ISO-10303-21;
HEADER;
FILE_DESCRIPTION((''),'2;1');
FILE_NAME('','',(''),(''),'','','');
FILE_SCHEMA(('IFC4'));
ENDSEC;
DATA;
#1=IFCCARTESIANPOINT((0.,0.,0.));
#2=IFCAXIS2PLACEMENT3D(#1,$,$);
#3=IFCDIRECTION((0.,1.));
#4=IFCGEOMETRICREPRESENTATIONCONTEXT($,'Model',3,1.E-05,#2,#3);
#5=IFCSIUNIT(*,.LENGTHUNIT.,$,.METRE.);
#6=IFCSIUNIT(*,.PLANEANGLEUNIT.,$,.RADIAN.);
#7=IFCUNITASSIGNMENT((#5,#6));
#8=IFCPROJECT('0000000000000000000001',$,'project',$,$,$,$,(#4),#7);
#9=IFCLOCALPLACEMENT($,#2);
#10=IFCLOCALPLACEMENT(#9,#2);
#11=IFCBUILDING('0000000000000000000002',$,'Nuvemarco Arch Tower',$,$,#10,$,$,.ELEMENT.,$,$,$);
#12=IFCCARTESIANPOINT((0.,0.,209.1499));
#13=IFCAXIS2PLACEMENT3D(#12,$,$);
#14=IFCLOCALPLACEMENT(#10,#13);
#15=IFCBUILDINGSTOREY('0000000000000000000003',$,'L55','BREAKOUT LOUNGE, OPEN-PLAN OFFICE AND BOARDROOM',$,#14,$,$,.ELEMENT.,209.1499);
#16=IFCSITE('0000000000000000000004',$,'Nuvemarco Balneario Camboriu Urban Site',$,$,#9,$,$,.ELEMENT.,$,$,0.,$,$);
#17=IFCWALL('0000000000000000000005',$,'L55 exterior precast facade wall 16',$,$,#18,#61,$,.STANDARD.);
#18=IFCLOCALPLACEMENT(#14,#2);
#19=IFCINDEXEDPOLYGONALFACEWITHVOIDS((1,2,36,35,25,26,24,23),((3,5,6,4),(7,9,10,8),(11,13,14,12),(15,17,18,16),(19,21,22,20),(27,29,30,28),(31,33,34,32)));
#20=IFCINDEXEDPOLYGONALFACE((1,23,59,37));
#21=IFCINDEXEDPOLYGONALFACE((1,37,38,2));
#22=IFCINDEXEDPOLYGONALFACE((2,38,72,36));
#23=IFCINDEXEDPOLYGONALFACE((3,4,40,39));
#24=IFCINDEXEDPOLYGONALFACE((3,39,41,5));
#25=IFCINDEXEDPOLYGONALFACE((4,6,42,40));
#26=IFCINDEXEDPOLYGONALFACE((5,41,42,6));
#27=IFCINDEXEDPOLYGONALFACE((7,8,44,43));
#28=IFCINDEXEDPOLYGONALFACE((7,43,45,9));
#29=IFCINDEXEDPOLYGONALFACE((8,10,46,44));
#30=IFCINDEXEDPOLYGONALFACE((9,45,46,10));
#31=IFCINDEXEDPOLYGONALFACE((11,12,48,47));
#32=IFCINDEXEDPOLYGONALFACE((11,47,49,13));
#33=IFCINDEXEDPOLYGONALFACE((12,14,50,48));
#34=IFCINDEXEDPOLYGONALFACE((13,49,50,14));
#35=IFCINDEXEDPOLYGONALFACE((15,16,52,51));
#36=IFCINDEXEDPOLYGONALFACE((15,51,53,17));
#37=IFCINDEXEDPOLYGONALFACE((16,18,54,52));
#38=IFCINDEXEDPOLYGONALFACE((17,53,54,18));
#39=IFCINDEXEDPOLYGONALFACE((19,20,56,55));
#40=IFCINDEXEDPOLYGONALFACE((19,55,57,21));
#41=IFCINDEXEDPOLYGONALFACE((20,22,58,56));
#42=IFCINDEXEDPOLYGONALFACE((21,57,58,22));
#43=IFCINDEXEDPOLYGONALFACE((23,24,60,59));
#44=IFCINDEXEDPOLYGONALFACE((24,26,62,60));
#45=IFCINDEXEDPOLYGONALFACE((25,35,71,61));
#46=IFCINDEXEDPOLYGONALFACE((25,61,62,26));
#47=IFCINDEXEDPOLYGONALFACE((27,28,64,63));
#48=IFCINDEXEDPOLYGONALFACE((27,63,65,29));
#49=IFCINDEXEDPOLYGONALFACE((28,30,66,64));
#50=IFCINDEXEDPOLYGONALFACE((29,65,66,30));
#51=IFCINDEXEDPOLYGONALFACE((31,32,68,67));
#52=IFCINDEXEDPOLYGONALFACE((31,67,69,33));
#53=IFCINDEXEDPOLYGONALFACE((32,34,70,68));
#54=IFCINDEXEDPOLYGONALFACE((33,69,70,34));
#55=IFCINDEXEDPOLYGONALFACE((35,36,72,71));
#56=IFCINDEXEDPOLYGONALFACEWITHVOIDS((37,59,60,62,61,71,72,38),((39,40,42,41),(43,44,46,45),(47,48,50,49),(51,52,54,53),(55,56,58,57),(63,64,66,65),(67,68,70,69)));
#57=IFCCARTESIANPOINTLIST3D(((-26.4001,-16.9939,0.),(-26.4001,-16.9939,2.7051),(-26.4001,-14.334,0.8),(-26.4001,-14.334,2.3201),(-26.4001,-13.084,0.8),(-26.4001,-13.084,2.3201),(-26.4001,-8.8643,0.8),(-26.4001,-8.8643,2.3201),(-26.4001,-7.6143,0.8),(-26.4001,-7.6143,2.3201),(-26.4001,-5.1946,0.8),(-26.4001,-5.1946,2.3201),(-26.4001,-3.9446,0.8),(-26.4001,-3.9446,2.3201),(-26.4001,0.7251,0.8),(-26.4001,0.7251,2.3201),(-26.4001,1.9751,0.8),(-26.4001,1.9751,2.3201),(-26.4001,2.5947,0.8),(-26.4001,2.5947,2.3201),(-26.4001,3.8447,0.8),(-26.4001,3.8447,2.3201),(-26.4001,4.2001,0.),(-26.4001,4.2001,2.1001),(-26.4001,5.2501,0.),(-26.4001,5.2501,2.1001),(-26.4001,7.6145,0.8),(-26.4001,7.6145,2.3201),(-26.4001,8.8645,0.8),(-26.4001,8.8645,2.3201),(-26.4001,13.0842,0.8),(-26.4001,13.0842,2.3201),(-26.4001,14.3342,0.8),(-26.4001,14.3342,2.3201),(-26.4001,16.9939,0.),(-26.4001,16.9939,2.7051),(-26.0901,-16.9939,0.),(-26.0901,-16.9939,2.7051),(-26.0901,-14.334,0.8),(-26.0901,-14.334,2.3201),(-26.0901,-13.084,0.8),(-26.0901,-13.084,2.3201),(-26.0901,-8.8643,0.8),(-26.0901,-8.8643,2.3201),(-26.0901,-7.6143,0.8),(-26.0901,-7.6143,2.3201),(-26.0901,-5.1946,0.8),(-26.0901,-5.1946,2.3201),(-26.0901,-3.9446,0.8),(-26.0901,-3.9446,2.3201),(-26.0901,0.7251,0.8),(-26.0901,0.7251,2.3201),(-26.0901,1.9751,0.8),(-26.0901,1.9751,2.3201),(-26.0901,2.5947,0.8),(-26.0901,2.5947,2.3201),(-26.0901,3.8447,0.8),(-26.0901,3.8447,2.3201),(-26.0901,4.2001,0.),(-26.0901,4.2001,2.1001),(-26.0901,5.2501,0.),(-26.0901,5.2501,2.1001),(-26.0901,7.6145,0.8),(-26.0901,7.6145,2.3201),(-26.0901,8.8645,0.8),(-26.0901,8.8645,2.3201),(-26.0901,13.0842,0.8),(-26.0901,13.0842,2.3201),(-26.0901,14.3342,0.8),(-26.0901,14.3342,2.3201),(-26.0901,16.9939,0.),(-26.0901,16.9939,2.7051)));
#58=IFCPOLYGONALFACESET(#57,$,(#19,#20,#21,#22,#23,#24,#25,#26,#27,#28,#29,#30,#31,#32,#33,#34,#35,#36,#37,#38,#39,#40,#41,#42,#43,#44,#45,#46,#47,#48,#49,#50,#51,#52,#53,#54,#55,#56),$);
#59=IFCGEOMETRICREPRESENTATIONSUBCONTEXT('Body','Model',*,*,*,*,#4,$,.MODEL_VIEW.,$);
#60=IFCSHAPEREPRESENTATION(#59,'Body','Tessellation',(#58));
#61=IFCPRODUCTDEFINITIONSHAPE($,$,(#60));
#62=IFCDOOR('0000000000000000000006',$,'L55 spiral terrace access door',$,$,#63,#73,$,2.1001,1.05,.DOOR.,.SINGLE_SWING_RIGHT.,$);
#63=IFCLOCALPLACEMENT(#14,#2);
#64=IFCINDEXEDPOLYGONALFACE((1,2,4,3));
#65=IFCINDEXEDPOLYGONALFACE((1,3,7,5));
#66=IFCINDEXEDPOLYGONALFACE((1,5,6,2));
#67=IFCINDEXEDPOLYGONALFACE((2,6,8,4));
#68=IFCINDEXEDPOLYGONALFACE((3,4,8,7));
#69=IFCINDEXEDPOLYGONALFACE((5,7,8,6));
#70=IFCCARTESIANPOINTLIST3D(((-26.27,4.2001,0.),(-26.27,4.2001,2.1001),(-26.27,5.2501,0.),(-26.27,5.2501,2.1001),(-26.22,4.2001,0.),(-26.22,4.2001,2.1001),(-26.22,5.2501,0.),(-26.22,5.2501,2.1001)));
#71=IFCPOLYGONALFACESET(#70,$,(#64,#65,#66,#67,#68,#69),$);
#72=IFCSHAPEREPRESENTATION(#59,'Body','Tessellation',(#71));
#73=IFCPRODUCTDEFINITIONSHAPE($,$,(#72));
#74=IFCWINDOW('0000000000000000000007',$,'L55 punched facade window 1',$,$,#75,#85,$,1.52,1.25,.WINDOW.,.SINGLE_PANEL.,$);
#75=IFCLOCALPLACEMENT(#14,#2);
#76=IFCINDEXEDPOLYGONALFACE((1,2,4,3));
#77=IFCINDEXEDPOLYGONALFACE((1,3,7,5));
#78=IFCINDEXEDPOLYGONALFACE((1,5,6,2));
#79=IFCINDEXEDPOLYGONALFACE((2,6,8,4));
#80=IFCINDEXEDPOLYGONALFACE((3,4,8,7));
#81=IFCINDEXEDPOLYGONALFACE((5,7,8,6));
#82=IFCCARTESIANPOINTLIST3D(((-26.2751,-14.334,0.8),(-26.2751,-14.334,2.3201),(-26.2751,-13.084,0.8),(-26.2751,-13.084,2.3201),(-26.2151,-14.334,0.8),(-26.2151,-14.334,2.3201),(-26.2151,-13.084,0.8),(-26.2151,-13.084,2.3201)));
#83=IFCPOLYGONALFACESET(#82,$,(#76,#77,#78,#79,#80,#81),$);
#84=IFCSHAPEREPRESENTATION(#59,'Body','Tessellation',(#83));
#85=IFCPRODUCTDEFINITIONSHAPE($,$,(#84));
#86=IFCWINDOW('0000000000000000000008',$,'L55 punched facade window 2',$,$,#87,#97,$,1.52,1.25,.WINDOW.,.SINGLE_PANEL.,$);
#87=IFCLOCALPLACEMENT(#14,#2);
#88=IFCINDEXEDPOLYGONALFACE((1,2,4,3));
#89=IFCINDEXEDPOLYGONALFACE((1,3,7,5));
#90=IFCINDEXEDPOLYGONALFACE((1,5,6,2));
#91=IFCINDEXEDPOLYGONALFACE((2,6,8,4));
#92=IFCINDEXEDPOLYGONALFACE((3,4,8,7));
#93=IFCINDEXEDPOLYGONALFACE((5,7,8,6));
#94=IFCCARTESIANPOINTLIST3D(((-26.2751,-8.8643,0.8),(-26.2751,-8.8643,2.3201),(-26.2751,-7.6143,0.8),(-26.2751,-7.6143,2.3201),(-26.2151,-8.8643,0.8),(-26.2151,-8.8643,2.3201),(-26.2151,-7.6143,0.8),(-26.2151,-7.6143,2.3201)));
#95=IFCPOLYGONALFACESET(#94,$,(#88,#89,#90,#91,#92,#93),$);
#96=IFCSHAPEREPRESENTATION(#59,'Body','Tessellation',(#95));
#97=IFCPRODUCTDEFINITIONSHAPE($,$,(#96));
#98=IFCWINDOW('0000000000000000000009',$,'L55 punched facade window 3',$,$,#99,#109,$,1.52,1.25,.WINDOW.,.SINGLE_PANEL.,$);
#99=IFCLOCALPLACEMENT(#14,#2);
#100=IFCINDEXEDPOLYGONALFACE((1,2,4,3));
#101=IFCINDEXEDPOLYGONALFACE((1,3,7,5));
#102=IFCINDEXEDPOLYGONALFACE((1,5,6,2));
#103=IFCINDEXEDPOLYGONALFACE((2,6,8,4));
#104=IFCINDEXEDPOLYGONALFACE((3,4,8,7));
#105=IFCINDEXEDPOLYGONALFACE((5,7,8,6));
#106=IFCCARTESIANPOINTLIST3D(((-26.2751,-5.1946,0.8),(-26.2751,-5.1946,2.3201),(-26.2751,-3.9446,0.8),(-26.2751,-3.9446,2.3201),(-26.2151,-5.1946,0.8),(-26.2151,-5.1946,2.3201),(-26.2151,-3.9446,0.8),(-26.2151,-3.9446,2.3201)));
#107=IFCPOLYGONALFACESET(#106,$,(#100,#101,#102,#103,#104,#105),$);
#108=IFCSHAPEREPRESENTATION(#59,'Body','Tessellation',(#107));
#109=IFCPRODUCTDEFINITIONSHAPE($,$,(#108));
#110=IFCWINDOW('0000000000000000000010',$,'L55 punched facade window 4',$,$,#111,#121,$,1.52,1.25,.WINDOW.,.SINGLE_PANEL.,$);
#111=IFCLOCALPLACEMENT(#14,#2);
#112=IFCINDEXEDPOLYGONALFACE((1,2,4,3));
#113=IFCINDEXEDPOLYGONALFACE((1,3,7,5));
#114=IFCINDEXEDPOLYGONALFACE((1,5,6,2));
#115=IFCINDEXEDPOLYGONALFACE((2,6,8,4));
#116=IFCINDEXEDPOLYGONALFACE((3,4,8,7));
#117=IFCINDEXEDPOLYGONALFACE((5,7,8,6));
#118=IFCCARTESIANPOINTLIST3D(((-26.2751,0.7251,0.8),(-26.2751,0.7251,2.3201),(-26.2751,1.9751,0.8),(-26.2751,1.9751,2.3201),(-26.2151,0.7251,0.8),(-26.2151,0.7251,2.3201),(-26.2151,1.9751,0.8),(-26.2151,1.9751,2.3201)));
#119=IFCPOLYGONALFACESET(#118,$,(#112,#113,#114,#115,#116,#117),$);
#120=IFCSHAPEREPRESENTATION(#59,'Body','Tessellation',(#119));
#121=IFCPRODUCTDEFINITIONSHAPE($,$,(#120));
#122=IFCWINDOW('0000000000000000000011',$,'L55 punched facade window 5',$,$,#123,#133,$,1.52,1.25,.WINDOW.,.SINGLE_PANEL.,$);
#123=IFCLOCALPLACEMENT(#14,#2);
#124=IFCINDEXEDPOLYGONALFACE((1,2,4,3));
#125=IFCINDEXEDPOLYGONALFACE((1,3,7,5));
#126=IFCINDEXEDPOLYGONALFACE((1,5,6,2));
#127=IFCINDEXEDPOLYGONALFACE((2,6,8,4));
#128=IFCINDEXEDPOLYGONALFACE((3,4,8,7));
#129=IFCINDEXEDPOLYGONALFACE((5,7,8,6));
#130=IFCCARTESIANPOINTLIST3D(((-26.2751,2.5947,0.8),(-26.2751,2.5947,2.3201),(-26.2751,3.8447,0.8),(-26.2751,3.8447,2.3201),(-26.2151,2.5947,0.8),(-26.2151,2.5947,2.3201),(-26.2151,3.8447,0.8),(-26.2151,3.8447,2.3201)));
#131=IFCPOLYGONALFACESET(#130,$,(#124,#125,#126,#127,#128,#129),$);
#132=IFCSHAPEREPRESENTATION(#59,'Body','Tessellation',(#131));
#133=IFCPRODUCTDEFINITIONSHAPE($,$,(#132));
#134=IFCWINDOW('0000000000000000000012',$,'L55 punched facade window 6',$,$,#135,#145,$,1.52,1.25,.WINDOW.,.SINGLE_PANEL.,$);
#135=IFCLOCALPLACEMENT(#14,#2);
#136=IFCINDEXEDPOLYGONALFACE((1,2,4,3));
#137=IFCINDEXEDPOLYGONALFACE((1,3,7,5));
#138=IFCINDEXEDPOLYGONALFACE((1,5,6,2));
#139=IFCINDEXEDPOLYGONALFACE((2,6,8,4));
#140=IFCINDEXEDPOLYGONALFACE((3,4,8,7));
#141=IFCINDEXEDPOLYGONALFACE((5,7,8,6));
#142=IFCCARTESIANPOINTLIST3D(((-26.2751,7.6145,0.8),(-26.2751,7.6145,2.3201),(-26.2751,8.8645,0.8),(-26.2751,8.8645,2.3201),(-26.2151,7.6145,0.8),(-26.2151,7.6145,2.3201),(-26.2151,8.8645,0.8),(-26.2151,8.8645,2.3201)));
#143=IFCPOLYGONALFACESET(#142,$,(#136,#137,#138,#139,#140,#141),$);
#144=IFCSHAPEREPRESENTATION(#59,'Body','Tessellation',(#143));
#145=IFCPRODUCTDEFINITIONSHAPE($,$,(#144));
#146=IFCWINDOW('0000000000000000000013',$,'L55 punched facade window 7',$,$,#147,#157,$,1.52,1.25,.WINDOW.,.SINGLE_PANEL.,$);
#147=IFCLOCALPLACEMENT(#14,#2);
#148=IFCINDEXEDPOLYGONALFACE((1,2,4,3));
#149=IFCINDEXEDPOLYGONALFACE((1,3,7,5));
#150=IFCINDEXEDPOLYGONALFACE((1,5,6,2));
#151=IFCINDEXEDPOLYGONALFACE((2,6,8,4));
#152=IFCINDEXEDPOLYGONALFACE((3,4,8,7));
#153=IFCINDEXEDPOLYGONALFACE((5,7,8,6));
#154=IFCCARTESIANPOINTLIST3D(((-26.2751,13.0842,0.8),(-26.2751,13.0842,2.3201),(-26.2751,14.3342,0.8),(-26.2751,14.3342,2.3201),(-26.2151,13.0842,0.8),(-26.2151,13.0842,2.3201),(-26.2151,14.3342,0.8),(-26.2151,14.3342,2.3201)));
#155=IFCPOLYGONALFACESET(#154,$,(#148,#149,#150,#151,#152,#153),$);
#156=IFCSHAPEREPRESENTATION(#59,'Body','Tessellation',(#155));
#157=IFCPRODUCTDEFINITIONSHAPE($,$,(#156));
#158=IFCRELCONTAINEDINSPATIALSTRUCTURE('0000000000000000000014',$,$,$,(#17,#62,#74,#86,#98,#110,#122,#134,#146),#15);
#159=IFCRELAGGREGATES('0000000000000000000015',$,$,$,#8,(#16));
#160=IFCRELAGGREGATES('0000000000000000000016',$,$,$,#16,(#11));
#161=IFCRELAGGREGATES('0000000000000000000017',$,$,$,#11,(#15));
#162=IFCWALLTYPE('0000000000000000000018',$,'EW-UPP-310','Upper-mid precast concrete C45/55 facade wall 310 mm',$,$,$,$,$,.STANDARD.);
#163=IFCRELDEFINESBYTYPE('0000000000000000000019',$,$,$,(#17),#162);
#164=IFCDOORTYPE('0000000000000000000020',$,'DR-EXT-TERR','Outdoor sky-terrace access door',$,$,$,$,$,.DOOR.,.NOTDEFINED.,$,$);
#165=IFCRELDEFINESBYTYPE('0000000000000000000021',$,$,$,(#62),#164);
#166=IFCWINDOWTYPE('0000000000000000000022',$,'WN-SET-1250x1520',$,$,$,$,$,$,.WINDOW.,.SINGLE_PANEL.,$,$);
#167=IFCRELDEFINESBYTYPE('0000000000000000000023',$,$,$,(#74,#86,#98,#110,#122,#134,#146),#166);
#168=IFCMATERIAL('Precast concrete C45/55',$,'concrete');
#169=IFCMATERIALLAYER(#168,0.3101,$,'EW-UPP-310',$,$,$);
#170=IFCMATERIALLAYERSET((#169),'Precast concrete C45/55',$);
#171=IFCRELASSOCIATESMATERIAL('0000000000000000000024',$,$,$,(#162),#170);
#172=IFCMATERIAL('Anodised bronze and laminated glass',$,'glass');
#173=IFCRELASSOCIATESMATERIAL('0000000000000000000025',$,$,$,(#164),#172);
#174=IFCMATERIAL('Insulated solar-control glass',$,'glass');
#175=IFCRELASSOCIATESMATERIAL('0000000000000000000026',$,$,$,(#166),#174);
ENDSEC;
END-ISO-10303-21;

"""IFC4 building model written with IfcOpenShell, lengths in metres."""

from ifc_helpers import new_model, si_unit, direction, frame, frame_2d, origin, place, context, subcontext, project, spatial, rectangle, extrude, source, transform, mapped, material, layer, layer_set, type_object, type_shapes, element, fill, save


model = new_model("IFC4")

# Units and contexts
model_context = context("Model", 3, precision=1e-05, world=origin(), true_north=direction((0.0, 1.0)))
body_context = subcontext(model_context, "Body", "Model", "MODEL_VIEW")
ifc_project = project(units=[si_unit("LENGTHUNIT", "METRE"), si_unit("PLANEANGLEUNIT", "RADIAN")], contexts=[model_context])

# Site, building, storey
site_placement = place(None, origin())
site = spatial("IfcSite", under=ifc_project, at=site_placement, Name="Nuvemarco Balneario Camboriu Urban Site", CompositionType="ELEMENT", RefElevation=0.0)
building_placement = place(site_placement, origin())
building = spatial("IfcBuilding", under=site, at=building_placement, Name="Nuvemarco Arch Tower", CompositionType="ELEMENT")
storey_placement = place(building_placement, frame((0.0, 0.0, 209.1499)))
storey = spatial("IfcBuildingStorey", under=building, at=storey_placement, Name="L55", Description="BREAKOUT LOUNGE, OPEN-PLAN OFFICE AND BOARDROOM", CompositionType="ELEMENT", Elevation=209.1499)

# Shared definitions
ifc_material_1 = material(Name="Precast concrete C45/55", Category="concrete")

# Wall, openings, door, windows
ifc_layer_1 = layer(ifc_material_1, 0.3101, Name="EW-UPP-310")
ifc_layer_set_1 = layer_set([ifc_layer_1], Name="Precast concrete C45/55")
wall_type_1 = type_object("IfcWallType", Name="EW-UPP-310", Description="Upper-mid precast concrete C45/55 facade wall 310 mm", PredefinedType="STANDARD", material=ifc_layer_set_1)
wall_1_placement = place(storey_placement, frame((-26.2451, -16.9939, 0.0), z_axis=(0.0, 0.0, 1.0), x_axis=(0.0, 1.0, 0.0)))
wall_1 = element("IfcWall", 1, at=wall_1_placement, inside=storey, type_object=wall_type_1, Name="L55 exterior precast facade wall 16", PredefinedType="STANDARD", context=body_context, shape_type="SweptSolid", body=[
    extrude(rectangle(XDim=33.9878, YDim=0.3101, at=frame_2d((16.9939, 0.0))), origin(), (0.0, 0.0, 1.0), 2.7051),
])
opening_1_placement = place(wall_1_placement, frame((21.1941, 0.0, 0.0)))
opening_1 = element("IfcOpeningElement", 2, at=opening_1_placement, cuts=wall_1, PredefinedType="OPENING", context=body_context, shape_type="SweptSolid", body=[
    extrude(rectangle(XDim=1.05, YDim=2.1001, at=frame_2d((0.5249, 1.05))), frame((0.0, 0.165, 0.0), z_axis=(0.0, -1.0, 0.0), x_axis=(1.0, 0.0, 0.0)), (0.0, 0.0, 1.0), 0.3301),
])
opening_2_placement = place(wall_1_placement, frame((2.6599, 0.0, 0.8)))
opening_2 = element("IfcOpeningElement", 3, at=opening_2_placement, cuts=wall_1, PredefinedType="OPENING", context=body_context, shape_type="SweptSolid", body=[
    extrude(rectangle(XDim=1.25, YDim=1.52, at=frame_2d((0.625, 0.76))), frame((0.0, 0.165, 0.0), z_axis=(0.0, -1.0, 0.0), x_axis=(1.0, 0.0, 0.0)), (0.0, 0.0, 1.0), 0.3301),
])
opening_3_placement = place(wall_1_placement, frame((8.1296, 0.0, 0.8)))
opening_3 = element("IfcOpeningElement", 4, at=opening_3_placement, cuts=wall_1, PredefinedType="OPENING", context=body_context, shape_type="SweptSolid", body=[
    extrude(rectangle(XDim=1.25, YDim=1.52, at=frame_2d((0.625, 0.76))), frame((0.0, 0.165, 0.0), z_axis=(0.0, -1.0, 0.0), x_axis=(1.0, 0.0, 0.0)), (0.0, 0.0, 1.0), 0.3301),
])
opening_4_placement = place(wall_1_placement, frame((11.7993, 0.0, 0.8)))
opening_4 = element("IfcOpeningElement", 5, at=opening_4_placement, cuts=wall_1, PredefinedType="OPENING", context=body_context, shape_type="SweptSolid", body=[
    extrude(rectangle(XDim=1.25, YDim=1.52, at=frame_2d((0.625, 0.76))), frame((0.0, 0.165, 0.0), z_axis=(0.0, -1.0, 0.0), x_axis=(1.0, 0.0, 0.0)), (0.0, 0.0, 1.0), 0.3301),
])
opening_5_placement = place(wall_1_placement, frame((17.719, 0.0, 0.8)))
opening_5 = element("IfcOpeningElement", 6, at=opening_5_placement, cuts=wall_1, PredefinedType="OPENING", context=body_context, shape_type="SweptSolid", body=[
    extrude(rectangle(XDim=1.25, YDim=1.52, at=frame_2d((0.625, 0.76))), frame((0.0, 0.165, 0.0), z_axis=(0.0, -1.0, 0.0), x_axis=(1.0, 0.0, 0.0)), (0.0, 0.0, 1.0), 0.3301),
])
opening_6_placement = place(wall_1_placement, frame((19.5886, 0.0, 0.8)))
opening_6 = element("IfcOpeningElement", 7, at=opening_6_placement, cuts=wall_1, PredefinedType="OPENING", context=body_context, shape_type="SweptSolid", body=[
    extrude(rectangle(XDim=1.25, YDim=1.52, at=frame_2d((0.625, 0.76))), frame((0.0, 0.165, 0.0), z_axis=(0.0, -1.0, 0.0), x_axis=(1.0, 0.0, 0.0)), (0.0, 0.0, 1.0), 0.3301),
])
opening_7_placement = place(wall_1_placement, frame((24.6084, 0.0, 0.8)))
opening_7 = element("IfcOpeningElement", 8, at=opening_7_placement, cuts=wall_1, PredefinedType="OPENING", context=body_context, shape_type="SweptSolid", body=[
    extrude(rectangle(XDim=1.25, YDim=1.52, at=frame_2d((0.625, 0.76))), frame((0.0, 0.165, 0.0), z_axis=(0.0, -1.0, 0.0), x_axis=(1.0, 0.0, 0.0)), (0.0, 0.0, 1.0), 0.3301),
])
opening_8_placement = place(wall_1_placement, frame((30.0781, 0.0, 0.8)))
opening_8 = element("IfcOpeningElement", 9, at=opening_8_placement, cuts=wall_1, PredefinedType="OPENING", context=body_context, shape_type="SweptSolid", body=[
    extrude(rectangle(XDim=1.25, YDim=1.52, at=frame_2d((0.625, 0.76))), frame((0.0, 0.165, 0.0), z_axis=(0.0, -1.0, 0.0), x_axis=(1.0, 0.0, 0.0)), (0.0, 0.0, 1.0), 0.3301),
])
ifc_material_2 = material(Name="Anodised bronze and laminated glass", Category="glass")
door_type_1 = type_object("IfcDoorType", Name="DR-EXT-TERR", Description="Outdoor sky-terrace access door", OperationType="NOTDEFINED", PredefinedType="DOOR", material=ifc_material_2)
shared_shape_1 = source(origin(), body_context, "Body", "SweptSolid", [
    extrude(rectangle(XDim=1.05, YDim=2.1001, at=frame_2d((0.5249, 1.05))), frame((0.0, 0.0249, 0.0), z_axis=(0.0, -1.0, 0.0), x_axis=(1.0, 0.0, 0.0)), (0.0, 0.0, 1.0), 0.05),
])
type_shapes(door_type_1, [shared_shape_1])
door_1_placement = place(opening_1_placement, origin())
door_1 = element("IfcDoor", 10, at=door_1_placement, inside=storey, type_object=door_type_1, Name="L55 spiral terrace access door", OperationType="SINGLE_SWING_RIGHT", OverallHeight=2.1001, OverallWidth=1.05, PredefinedType="DOOR", context=body_context, shape_type="MappedRepresentation", body=[
    mapped(shared_shape_1, transform((0.0, 0.0, 0.0), scale=1.0)),
])
fill(opening_1, door_1)
ifc_material_3 = material(Name="Insulated solar-control glass", Category="glass")
window_type = type_object("IfcWindowType", Name="WN-SET-1250x1520", PartitioningType="SINGLE_PANEL", PredefinedType="WINDOW", material=ifc_material_3)
shared_shape_2 = source(origin(), body_context, "Body", "SweptSolid", [
    extrude(rectangle(XDim=1.25, YDim=1.52, at=frame_2d((0.625, 0.76))), frame((0.0, 0.03, 0.0), z_axis=(0.0, -1.0, 0.0), x_axis=(1.0, 0.0, 0.0)), (0.0, 0.0, 1.0), 0.0601),
])
type_shapes(window_type, [shared_shape_2])
window_1_placement = place(opening_2_placement, origin())
window_1 = element("IfcWindow", 11, at=window_1_placement, inside=storey, type_object=window_type, Name="L55 punched facade window 1", OverallHeight=1.52, OverallWidth=1.25, PartitioningType="SINGLE_PANEL", PredefinedType="WINDOW", context=body_context, shape_type="MappedRepresentation", body=[
    mapped(shared_shape_2, transform((0.0, 0.0, 0.0), scale=1.0)),
])
fill(opening_2, window_1)
window_2_placement = place(opening_3_placement, origin())
window_2 = element("IfcWindow", 12, at=window_2_placement, inside=storey, type_object=window_type, Name="L55 punched facade window 2", OverallHeight=1.52, OverallWidth=1.25, PartitioningType="SINGLE_PANEL", PredefinedType="WINDOW", context=body_context, shape_type="MappedRepresentation", body=[
    mapped(shared_shape_2, transform((0.0, 0.0, 0.0), scale=1.0)),
])
fill(opening_3, window_2)
window_3_placement = place(opening_4_placement, origin())
window_3 = element("IfcWindow", 13, at=window_3_placement, inside=storey, type_object=window_type, Name="L55 punched facade window 3", OverallHeight=1.52, OverallWidth=1.25, PartitioningType="SINGLE_PANEL", PredefinedType="WINDOW", context=body_context, shape_type="MappedRepresentation", body=[
    mapped(shared_shape_2, transform((0.0, 0.0, 0.0), scale=1.0)),
])
fill(opening_4, window_3)
window_4_placement = place(opening_5_placement, origin())
window_4 = element("IfcWindow", 14, at=window_4_placement, inside=storey, type_object=window_type, Name="L55 punched facade window 4", OverallHeight=1.52, OverallWidth=1.25, PartitioningType="SINGLE_PANEL", PredefinedType="WINDOW", context=body_context, shape_type="MappedRepresentation", body=[
    mapped(shared_shape_2, transform((0.0, 0.0, 0.0), scale=1.0)),
])
fill(opening_5, window_4)
window_5_placement = place(opening_6_placement, origin())
window_5 = element("IfcWindow", 15, at=window_5_placement, inside=storey, type_object=window_type, Name="L55 punched facade window 5", OverallHeight=1.52, OverallWidth=1.25, PartitioningType="SINGLE_PANEL", PredefinedType="WINDOW", context=body_context, shape_type="MappedRepresentation", body=[
    mapped(shared_shape_2, transform((0.0, 0.0, 0.0), scale=1.0)),
])
fill(opening_6, window_5)
window_6_placement = place(opening_7_placement, origin())
window_6 = element("IfcWindow", 16, at=window_6_placement, inside=storey, type_object=window_type, Name="L55 punched facade window 6", OverallHeight=1.52, OverallWidth=1.25, PartitioningType="SINGLE_PANEL", PredefinedType="WINDOW", context=body_context, shape_type="MappedRepresentation", body=[
    mapped(shared_shape_2, transform((0.0, 0.0, 0.0), scale=1.0)),
])
fill(opening_7, window_6)
window_7_placement = place(opening_8_placement, origin())
window_7 = element("IfcWindow", 17, at=window_7_placement, inside=storey, type_object=window_type, Name="L55 punched facade window 7", OverallHeight=1.52, OverallWidth=1.25, PartitioningType="SINGLE_PANEL", PredefinedType="WINDOW", context=body_context, shape_type="MappedRepresentation", body=[
    mapped(shared_shape_2, transform((0.0, 0.0, 0.0), scale=1.0)),
])
fill(opening_8, window_7)

save(model, "model.ifc")
